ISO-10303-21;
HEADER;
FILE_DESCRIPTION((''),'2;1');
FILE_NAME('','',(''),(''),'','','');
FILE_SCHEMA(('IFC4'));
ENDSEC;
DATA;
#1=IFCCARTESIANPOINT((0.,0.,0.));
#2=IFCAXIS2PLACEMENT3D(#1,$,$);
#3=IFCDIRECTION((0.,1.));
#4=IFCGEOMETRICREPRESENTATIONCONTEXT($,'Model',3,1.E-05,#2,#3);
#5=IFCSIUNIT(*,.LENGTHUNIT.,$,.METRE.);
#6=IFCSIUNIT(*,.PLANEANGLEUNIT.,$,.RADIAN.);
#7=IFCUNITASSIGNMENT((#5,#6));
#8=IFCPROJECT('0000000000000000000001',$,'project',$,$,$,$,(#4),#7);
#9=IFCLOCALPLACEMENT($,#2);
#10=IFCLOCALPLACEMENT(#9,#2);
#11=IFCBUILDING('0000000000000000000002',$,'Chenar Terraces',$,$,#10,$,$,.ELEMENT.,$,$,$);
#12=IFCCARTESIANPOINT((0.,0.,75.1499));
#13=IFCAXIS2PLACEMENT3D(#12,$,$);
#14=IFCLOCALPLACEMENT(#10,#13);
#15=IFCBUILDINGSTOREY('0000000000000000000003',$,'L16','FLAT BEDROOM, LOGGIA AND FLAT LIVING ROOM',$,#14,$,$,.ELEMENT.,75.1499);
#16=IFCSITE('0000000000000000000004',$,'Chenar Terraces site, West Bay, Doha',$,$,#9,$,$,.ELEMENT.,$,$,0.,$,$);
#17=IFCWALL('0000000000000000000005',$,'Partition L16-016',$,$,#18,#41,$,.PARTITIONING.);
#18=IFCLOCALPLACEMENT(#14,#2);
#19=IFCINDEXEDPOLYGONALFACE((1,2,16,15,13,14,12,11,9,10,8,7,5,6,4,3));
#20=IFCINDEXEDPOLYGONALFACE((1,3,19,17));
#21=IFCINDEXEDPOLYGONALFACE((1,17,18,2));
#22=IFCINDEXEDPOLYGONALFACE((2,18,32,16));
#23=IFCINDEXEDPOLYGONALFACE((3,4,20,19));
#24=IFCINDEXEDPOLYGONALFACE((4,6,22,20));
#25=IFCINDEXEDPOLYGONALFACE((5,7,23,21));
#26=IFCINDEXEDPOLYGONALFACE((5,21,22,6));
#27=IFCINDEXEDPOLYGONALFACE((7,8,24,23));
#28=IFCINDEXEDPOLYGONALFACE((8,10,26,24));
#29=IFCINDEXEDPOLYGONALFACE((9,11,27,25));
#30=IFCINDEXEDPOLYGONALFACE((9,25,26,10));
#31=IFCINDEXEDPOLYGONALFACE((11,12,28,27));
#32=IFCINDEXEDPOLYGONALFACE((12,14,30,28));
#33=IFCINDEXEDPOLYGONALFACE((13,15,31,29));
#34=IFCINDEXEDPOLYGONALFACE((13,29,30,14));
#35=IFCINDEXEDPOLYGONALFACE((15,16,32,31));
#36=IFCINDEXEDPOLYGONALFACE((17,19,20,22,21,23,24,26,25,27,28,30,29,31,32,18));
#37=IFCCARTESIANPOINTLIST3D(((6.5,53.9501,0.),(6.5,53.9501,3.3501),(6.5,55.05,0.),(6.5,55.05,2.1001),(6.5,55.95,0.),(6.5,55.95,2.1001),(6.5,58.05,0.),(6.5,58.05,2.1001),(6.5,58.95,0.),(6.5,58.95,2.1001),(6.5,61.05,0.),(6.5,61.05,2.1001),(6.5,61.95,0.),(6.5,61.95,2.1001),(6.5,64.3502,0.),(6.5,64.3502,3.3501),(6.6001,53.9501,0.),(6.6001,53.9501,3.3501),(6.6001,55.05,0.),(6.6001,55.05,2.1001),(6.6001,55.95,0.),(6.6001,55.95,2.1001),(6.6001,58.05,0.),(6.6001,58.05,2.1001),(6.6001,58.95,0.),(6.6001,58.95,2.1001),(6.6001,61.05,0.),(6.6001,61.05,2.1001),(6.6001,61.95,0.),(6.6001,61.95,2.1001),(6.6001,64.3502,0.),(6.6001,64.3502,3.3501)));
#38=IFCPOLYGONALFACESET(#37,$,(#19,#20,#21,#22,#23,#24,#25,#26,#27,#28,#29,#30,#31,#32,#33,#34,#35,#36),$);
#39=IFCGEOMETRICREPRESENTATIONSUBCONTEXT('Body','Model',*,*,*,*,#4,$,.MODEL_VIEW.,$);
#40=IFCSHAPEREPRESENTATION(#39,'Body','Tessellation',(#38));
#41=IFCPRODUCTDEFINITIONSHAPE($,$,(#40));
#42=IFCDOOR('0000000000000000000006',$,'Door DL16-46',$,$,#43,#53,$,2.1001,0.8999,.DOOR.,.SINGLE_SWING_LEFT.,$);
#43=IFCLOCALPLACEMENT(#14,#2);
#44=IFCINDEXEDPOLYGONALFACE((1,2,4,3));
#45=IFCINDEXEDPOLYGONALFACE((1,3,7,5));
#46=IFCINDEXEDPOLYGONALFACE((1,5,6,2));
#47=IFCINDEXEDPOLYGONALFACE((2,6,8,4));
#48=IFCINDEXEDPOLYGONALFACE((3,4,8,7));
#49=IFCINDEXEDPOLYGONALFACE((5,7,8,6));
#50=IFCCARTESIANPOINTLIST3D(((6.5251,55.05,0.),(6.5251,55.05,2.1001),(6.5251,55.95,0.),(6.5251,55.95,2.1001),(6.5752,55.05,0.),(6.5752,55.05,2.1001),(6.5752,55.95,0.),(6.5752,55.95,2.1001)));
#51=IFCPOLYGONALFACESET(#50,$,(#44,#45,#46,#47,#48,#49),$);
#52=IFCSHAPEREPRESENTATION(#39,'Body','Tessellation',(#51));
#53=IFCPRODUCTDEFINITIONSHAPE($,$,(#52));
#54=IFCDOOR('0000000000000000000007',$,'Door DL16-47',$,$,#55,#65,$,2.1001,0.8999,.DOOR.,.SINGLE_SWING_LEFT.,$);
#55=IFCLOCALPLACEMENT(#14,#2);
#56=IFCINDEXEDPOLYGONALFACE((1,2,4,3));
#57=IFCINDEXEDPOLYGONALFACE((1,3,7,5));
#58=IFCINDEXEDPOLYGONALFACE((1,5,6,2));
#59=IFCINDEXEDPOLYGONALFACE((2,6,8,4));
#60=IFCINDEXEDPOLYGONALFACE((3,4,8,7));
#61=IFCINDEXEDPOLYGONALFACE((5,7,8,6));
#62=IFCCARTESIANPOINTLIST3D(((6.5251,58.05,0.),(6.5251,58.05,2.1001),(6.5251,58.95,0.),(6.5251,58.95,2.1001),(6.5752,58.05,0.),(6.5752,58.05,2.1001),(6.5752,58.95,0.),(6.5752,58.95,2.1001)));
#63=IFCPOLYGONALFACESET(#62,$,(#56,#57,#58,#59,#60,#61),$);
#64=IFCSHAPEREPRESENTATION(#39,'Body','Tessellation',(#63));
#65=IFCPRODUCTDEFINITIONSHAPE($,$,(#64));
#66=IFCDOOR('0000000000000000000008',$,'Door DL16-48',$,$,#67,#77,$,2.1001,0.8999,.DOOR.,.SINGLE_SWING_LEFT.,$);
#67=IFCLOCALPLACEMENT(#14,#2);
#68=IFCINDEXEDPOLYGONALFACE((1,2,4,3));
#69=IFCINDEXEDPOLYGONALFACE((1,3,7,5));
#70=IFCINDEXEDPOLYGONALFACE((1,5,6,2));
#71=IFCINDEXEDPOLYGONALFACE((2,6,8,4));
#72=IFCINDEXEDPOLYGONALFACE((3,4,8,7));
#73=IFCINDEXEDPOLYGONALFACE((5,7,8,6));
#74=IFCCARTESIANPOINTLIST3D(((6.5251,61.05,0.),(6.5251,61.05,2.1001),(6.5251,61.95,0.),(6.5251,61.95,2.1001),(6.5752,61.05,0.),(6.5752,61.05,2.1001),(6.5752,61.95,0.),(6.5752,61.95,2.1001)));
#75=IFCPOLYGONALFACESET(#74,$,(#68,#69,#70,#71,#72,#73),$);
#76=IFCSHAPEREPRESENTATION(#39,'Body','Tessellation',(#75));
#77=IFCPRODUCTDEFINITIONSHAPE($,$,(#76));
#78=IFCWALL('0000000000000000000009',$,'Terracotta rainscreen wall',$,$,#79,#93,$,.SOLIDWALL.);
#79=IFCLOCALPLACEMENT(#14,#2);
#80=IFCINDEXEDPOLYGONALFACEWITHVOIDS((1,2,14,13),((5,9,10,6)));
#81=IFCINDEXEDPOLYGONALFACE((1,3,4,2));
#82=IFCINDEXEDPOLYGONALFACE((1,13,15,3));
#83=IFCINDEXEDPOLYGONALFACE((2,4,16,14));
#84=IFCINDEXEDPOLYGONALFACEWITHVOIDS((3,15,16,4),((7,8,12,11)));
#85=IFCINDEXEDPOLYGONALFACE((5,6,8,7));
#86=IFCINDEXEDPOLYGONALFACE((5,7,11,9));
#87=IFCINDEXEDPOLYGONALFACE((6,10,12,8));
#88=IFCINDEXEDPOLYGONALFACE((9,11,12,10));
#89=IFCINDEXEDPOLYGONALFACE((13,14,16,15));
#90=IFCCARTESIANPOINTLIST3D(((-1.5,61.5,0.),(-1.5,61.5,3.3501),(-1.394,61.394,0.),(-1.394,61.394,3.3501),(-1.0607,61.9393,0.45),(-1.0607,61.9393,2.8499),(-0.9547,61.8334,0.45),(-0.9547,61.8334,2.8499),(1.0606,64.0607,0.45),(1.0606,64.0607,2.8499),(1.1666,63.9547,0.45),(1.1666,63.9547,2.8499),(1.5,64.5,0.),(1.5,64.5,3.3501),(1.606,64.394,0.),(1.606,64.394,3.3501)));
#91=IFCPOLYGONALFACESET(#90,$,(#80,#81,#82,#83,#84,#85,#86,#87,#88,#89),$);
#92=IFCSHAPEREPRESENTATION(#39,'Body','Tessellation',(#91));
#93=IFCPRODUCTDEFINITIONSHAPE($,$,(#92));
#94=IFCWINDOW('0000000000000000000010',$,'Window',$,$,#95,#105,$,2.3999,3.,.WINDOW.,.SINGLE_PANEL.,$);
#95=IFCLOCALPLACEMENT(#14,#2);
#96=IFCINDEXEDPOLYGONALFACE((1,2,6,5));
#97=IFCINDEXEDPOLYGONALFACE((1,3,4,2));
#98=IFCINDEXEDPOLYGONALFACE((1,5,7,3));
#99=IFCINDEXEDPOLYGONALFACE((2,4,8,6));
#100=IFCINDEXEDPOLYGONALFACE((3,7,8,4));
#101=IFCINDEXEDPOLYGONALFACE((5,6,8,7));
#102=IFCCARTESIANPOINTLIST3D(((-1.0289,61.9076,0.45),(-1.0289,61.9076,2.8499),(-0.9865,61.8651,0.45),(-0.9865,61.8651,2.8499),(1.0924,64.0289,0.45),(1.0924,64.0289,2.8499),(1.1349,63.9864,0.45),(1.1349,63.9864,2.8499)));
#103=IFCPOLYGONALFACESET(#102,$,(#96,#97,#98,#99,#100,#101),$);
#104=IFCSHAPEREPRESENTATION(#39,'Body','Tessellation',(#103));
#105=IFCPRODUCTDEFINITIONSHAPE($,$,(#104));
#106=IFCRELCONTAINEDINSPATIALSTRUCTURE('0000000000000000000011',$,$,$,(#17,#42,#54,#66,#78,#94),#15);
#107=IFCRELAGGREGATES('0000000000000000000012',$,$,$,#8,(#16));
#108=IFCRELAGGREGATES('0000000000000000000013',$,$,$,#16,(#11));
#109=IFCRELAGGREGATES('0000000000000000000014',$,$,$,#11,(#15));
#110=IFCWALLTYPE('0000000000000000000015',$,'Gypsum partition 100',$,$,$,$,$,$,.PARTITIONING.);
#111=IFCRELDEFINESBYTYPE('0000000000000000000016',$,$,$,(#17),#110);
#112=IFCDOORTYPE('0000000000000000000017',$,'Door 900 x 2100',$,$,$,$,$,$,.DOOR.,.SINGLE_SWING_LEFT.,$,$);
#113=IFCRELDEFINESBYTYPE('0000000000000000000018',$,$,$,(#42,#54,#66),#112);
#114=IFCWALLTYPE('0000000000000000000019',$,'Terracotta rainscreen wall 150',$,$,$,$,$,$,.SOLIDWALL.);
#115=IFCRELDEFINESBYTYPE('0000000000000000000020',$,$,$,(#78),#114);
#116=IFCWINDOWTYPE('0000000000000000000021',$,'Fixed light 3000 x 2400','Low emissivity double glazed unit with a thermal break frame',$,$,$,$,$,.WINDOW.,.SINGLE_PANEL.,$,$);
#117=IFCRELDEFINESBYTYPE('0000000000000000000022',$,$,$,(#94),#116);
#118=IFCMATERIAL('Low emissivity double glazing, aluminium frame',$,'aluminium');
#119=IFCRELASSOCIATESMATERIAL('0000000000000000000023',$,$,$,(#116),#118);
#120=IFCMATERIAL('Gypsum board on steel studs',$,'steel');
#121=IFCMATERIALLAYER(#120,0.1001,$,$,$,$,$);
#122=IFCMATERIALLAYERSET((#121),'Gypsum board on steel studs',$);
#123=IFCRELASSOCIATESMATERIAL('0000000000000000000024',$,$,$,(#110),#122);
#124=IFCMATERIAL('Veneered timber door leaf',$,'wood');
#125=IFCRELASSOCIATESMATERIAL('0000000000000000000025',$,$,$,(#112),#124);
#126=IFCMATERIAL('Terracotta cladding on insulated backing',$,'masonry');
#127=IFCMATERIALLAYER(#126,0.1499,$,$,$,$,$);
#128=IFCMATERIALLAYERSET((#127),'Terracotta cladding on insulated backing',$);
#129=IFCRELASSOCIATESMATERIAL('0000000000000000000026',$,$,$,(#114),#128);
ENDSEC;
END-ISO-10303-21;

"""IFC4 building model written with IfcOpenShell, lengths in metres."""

from ifc_helpers import new_model, si_unit, direction, frame, frame_2d, origin, place, context, subcontext, project, spatial, rectangle, extrude, material, layer, layer_set, type_object, element, fill, save


model = new_model("IFC4")

# Units and contexts
model_context = context("Model", 3, precision=1e-05, world=origin(), true_north=direction((0.0, 1.0)))
body_context = subcontext(model_context, "Body", "Model", "MODEL_VIEW")
ifc_project = project(units=[si_unit("LENGTHUNIT", "METRE"), si_unit("PLANEANGLEUNIT", "RADIAN")], contexts=[model_context])

# Site, building, storey
site_placement = place(None, origin())
site = spatial("IfcSite", under=ifc_project, at=site_placement, Name="Chenar Terraces site, West Bay, Doha", CompositionType="ELEMENT", RefElevation=0.0)
building_placement = place(site_placement, origin())
building = spatial("IfcBuilding", under=site, at=building_placement, Name="Chenar Terraces", CompositionType="ELEMENT")
storey_placement = place(building_placement, frame((0.0, 0.0, 75.1499)))
storey = spatial("IfcBuildingStorey", under=building, at=storey_placement, Name="L16", Description="FLAT BEDROOM, LOGGIA AND FLAT LIVING ROOM", CompositionType="ELEMENT", Elevation=75.1499)

# Shared definitions
ifc_material_1 = material(Name="Low emissivity double glazing, aluminium frame", Category="aluminium")
window_type_1 = type_object("IfcWindowType", Name="Fixed light 3000 x 2400", Description="Low emissivity double glazed unit with a thermal break frame", PartitioningType="SINGLE_PANEL", PredefinedType="WINDOW", material=ifc_material_1)

# Shared definitions
ifc_material_2 = material(Name="Gypsum board on steel studs", Category="steel")
ifc_layer_1 = layer(ifc_material_2, 0.1001)
ifc_layer_set_1 = layer_set([ifc_layer_1], Name="Gypsum board on steel studs")
wall_type_1 = type_object("IfcWallType", Name="Gypsum partition 100", PredefinedType="PARTITIONING", material=ifc_layer_set_1)

# Wall, openings, doors
wall_1_placement = place(storey_placement, frame((6.55, 53.95, 0.0), z_axis=(0.0, 0.0, 1.0), x_axis=(0.0, 1.0, 0.0)))
wall_1 = element("IfcWall", 1, at=wall_1_placement, inside=storey, type_object=wall_type_1, Name="Partition L16-016", PredefinedType="PARTITIONING", context=body_context, shape_type="SweptSolid", body=[
    extrude(rectangle(XDim=10.4001, YDim=0.1001, at=frame_2d((5.2002, 0.0))), origin(), (0.0, 0.0, 1.0), 3.3501),
])
opening_1_placement = place(wall_1_placement, frame((1.1001, 0.0, 0.0)))
opening_1 = element("IfcOpeningElement", 2, at=opening_1_placement, cuts=wall_1, PredefinedType="OPENING", context=body_context, shape_type="SweptSolid", body=[
    extrude(rectangle(XDim=0.8999, YDim=2.1001, at=frame_2d((0.45, 1.05))), frame((0.0, 0.0601, 0.0), z_axis=(0.0, -1.0, 0.0), x_axis=(1.0, 0.0, 0.0)), (0.0, 0.0, 1.0), 0.1201),
])
opening_2_placement = place(wall_1_placement, frame((4.1001, 0.0, 0.0)))
opening_2 = element("IfcOpeningElement", 3, at=opening_2_placement, cuts=wall_1, PredefinedType="OPENING", context=body_context, shape_type="SweptSolid", body=[
    extrude(rectangle(XDim=0.8999, YDim=2.1001, at=frame_2d((0.45, 1.05))), frame((0.0, 0.0601, 0.0), z_axis=(0.0, -1.0, 0.0), x_axis=(1.0, 0.0, 0.0)), (0.0, 0.0, 1.0), 0.1201),
])
opening_3_placement = place(wall_1_placement, frame((7.1001, 0.0, 0.0)))
opening_3 = element("IfcOpeningElement", 4, at=opening_3_placement, cuts=wall_1, PredefinedType="OPENING", context=body_context, shape_type="SweptSolid", body=[
    extrude(rectangle(XDim=0.8999, YDim=2.1001, at=frame_2d((0.45, 1.05))), frame((0.0, 0.0601, 0.0), z_axis=(0.0, -1.0, 0.0), x_axis=(1.0, 0.0, 0.0)), (0.0, 0.0, 1.0), 0.1201),
])
ifc_material_3 = material(Name="Veneered timber door leaf", Category="wood")
door_type_1 = type_object("IfcDoorType", Name="Door 900 x 2100", OperationType="SINGLE_SWING_LEFT", PredefinedType="DOOR", material=ifc_material_3)
door_1_placement = place(opening_1_placement, origin())
door_1 = element("IfcDoor", 5, at=door_1_placement, inside=storey, type_object=door_type_1, Name="Door DL16-46", OperationType="SINGLE_SWING_LEFT", OverallHeight=2.1001, OverallWidth=0.8999, PredefinedType="DOOR", context=body_context, shape_type="SweptSolid", body=[
    extrude(rectangle(XDim=0.8999, YDim=2.1001, at=frame_2d((0.45, 1.05))), frame((0.0, 0.0249, 0.0), z_axis=(0.0, -1.0, 0.0), x_axis=(1.0, 0.0, 0.0)), (0.0, 0.0, 1.0), 0.05),
])
fill(opening_1, door_1)
door_2_placement = place(opening_2_placement, origin())
door_2 = element("IfcDoor", 6, at=door_2_placement, inside=storey, type_object=door_type_1, Name="Door DL16-47", OperationType="SINGLE_SWING_LEFT", OverallHeight=2.1001, OverallWidth=0.8999, PredefinedType="DOOR", context=body_context, shape_type="SweptSolid", body=[
    extrude(rectangle(XDim=0.8999, YDim=2.1001, at=frame_2d((0.45, 1.05))), frame((0.0, 0.0249, 0.0), z_axis=(0.0, -1.0, 0.0), x_axis=(1.0, 0.0, 0.0)), (0.0, 0.0, 1.0), 0.05),
])
fill(opening_2, door_2)
door_3_placement = place(opening_3_placement, origin())
door_3 = element("IfcDoor", 7, at=door_3_placement, inside=storey, type_object=door_type_1, Name="Door DL16-48", OperationType="SINGLE_SWING_LEFT", OverallHeight=2.1001, OverallWidth=0.8999, PredefinedType="DOOR", context=body_context, shape_type="SweptSolid", body=[
    extrude(rectangle(XDim=0.8999, YDim=2.1001, at=frame_2d((0.45, 1.05))), frame((0.0, 0.0249, 0.0), z_axis=(0.0, -1.0, 0.0), x_axis=(1.0, 0.0, 0.0)), (0.0, 0.0, 1.0), 0.05),
])
fill(opening_3, door_3)

# Wall, opening, window
ifc_material_4 = material(Name="Terracotta cladding on insulated backing", Category="masonry")
ifc_layer_2 = layer(ifc_material_4, 0.1499)
ifc_layer_set_2 = layer_set([ifc_layer_2], Name="Terracotta cladding on insulated backing")
wall_type_2 = type_object("IfcWallType", Name="Terracotta rainscreen wall 150", PredefinedType="SOLIDWALL", material=ifc_layer_set_2)
wall_2_placement = place(storey_placement, frame((1.553, 64.447, 0.0), z_axis=(0.0, 0.0, 1.0), x_axis=(-0.707107, -0.707107, 0.0)))
wall_2 = element("IfcWall", 8, at=wall_2_placement, inside=storey, type_object=wall_type_2, Name="Terracotta rainscreen wall", PredefinedType="SOLIDWALL", context=body_context, shape_type="SweptSolid", body=[
    extrude(rectangle(XDim=4.2427, YDim=0.1499, at=frame_2d((2.1213, 0.0))), origin(), (0.0, 0.0, 1.0), 3.3501),
])
opening_4_placement = place(wall_2_placement, frame((0.6213, 0.0, 0.45)))
opening_4 = element("IfcOpeningElement", 9, at=opening_4_placement, cuts=wall_2, PredefinedType="OPENING", context=body_context, shape_type="SweptSolid", body=[
    extrude(rectangle(XDim=3.0, YDim=2.3999, at=frame_2d((1.5, 1.2))), frame((0.0, 0.085, 0.0), z_axis=(0.0, -1.0, 0.0), x_axis=(1.0, 0.0, 0.0)), (0.0, 0.0, 1.0), 0.1699),
])
window_1_placement = place(opening_4_placement, origin())
window_1 = element("IfcWindow", 10, at=window_1_placement, inside=storey, type_object=window_type_1, Name="Window", OverallHeight=2.3999, OverallWidth=3.0, PartitioningType="SINGLE_PANEL", PredefinedType="WINDOW", context=body_context, shape_type="SweptSolid", body=[
    extrude(rectangle(XDim=3.0, YDim=2.3999, at=frame_2d((1.5, 1.2))), frame((0.0, 0.03, 0.0), z_axis=(0.0, -1.0, 0.0), x_axis=(1.0, 0.0, 0.0)), (0.0, 0.0, 1.0), 0.0601),
])
fill(opening_4, window_1)

save(model, "model.ifc")
